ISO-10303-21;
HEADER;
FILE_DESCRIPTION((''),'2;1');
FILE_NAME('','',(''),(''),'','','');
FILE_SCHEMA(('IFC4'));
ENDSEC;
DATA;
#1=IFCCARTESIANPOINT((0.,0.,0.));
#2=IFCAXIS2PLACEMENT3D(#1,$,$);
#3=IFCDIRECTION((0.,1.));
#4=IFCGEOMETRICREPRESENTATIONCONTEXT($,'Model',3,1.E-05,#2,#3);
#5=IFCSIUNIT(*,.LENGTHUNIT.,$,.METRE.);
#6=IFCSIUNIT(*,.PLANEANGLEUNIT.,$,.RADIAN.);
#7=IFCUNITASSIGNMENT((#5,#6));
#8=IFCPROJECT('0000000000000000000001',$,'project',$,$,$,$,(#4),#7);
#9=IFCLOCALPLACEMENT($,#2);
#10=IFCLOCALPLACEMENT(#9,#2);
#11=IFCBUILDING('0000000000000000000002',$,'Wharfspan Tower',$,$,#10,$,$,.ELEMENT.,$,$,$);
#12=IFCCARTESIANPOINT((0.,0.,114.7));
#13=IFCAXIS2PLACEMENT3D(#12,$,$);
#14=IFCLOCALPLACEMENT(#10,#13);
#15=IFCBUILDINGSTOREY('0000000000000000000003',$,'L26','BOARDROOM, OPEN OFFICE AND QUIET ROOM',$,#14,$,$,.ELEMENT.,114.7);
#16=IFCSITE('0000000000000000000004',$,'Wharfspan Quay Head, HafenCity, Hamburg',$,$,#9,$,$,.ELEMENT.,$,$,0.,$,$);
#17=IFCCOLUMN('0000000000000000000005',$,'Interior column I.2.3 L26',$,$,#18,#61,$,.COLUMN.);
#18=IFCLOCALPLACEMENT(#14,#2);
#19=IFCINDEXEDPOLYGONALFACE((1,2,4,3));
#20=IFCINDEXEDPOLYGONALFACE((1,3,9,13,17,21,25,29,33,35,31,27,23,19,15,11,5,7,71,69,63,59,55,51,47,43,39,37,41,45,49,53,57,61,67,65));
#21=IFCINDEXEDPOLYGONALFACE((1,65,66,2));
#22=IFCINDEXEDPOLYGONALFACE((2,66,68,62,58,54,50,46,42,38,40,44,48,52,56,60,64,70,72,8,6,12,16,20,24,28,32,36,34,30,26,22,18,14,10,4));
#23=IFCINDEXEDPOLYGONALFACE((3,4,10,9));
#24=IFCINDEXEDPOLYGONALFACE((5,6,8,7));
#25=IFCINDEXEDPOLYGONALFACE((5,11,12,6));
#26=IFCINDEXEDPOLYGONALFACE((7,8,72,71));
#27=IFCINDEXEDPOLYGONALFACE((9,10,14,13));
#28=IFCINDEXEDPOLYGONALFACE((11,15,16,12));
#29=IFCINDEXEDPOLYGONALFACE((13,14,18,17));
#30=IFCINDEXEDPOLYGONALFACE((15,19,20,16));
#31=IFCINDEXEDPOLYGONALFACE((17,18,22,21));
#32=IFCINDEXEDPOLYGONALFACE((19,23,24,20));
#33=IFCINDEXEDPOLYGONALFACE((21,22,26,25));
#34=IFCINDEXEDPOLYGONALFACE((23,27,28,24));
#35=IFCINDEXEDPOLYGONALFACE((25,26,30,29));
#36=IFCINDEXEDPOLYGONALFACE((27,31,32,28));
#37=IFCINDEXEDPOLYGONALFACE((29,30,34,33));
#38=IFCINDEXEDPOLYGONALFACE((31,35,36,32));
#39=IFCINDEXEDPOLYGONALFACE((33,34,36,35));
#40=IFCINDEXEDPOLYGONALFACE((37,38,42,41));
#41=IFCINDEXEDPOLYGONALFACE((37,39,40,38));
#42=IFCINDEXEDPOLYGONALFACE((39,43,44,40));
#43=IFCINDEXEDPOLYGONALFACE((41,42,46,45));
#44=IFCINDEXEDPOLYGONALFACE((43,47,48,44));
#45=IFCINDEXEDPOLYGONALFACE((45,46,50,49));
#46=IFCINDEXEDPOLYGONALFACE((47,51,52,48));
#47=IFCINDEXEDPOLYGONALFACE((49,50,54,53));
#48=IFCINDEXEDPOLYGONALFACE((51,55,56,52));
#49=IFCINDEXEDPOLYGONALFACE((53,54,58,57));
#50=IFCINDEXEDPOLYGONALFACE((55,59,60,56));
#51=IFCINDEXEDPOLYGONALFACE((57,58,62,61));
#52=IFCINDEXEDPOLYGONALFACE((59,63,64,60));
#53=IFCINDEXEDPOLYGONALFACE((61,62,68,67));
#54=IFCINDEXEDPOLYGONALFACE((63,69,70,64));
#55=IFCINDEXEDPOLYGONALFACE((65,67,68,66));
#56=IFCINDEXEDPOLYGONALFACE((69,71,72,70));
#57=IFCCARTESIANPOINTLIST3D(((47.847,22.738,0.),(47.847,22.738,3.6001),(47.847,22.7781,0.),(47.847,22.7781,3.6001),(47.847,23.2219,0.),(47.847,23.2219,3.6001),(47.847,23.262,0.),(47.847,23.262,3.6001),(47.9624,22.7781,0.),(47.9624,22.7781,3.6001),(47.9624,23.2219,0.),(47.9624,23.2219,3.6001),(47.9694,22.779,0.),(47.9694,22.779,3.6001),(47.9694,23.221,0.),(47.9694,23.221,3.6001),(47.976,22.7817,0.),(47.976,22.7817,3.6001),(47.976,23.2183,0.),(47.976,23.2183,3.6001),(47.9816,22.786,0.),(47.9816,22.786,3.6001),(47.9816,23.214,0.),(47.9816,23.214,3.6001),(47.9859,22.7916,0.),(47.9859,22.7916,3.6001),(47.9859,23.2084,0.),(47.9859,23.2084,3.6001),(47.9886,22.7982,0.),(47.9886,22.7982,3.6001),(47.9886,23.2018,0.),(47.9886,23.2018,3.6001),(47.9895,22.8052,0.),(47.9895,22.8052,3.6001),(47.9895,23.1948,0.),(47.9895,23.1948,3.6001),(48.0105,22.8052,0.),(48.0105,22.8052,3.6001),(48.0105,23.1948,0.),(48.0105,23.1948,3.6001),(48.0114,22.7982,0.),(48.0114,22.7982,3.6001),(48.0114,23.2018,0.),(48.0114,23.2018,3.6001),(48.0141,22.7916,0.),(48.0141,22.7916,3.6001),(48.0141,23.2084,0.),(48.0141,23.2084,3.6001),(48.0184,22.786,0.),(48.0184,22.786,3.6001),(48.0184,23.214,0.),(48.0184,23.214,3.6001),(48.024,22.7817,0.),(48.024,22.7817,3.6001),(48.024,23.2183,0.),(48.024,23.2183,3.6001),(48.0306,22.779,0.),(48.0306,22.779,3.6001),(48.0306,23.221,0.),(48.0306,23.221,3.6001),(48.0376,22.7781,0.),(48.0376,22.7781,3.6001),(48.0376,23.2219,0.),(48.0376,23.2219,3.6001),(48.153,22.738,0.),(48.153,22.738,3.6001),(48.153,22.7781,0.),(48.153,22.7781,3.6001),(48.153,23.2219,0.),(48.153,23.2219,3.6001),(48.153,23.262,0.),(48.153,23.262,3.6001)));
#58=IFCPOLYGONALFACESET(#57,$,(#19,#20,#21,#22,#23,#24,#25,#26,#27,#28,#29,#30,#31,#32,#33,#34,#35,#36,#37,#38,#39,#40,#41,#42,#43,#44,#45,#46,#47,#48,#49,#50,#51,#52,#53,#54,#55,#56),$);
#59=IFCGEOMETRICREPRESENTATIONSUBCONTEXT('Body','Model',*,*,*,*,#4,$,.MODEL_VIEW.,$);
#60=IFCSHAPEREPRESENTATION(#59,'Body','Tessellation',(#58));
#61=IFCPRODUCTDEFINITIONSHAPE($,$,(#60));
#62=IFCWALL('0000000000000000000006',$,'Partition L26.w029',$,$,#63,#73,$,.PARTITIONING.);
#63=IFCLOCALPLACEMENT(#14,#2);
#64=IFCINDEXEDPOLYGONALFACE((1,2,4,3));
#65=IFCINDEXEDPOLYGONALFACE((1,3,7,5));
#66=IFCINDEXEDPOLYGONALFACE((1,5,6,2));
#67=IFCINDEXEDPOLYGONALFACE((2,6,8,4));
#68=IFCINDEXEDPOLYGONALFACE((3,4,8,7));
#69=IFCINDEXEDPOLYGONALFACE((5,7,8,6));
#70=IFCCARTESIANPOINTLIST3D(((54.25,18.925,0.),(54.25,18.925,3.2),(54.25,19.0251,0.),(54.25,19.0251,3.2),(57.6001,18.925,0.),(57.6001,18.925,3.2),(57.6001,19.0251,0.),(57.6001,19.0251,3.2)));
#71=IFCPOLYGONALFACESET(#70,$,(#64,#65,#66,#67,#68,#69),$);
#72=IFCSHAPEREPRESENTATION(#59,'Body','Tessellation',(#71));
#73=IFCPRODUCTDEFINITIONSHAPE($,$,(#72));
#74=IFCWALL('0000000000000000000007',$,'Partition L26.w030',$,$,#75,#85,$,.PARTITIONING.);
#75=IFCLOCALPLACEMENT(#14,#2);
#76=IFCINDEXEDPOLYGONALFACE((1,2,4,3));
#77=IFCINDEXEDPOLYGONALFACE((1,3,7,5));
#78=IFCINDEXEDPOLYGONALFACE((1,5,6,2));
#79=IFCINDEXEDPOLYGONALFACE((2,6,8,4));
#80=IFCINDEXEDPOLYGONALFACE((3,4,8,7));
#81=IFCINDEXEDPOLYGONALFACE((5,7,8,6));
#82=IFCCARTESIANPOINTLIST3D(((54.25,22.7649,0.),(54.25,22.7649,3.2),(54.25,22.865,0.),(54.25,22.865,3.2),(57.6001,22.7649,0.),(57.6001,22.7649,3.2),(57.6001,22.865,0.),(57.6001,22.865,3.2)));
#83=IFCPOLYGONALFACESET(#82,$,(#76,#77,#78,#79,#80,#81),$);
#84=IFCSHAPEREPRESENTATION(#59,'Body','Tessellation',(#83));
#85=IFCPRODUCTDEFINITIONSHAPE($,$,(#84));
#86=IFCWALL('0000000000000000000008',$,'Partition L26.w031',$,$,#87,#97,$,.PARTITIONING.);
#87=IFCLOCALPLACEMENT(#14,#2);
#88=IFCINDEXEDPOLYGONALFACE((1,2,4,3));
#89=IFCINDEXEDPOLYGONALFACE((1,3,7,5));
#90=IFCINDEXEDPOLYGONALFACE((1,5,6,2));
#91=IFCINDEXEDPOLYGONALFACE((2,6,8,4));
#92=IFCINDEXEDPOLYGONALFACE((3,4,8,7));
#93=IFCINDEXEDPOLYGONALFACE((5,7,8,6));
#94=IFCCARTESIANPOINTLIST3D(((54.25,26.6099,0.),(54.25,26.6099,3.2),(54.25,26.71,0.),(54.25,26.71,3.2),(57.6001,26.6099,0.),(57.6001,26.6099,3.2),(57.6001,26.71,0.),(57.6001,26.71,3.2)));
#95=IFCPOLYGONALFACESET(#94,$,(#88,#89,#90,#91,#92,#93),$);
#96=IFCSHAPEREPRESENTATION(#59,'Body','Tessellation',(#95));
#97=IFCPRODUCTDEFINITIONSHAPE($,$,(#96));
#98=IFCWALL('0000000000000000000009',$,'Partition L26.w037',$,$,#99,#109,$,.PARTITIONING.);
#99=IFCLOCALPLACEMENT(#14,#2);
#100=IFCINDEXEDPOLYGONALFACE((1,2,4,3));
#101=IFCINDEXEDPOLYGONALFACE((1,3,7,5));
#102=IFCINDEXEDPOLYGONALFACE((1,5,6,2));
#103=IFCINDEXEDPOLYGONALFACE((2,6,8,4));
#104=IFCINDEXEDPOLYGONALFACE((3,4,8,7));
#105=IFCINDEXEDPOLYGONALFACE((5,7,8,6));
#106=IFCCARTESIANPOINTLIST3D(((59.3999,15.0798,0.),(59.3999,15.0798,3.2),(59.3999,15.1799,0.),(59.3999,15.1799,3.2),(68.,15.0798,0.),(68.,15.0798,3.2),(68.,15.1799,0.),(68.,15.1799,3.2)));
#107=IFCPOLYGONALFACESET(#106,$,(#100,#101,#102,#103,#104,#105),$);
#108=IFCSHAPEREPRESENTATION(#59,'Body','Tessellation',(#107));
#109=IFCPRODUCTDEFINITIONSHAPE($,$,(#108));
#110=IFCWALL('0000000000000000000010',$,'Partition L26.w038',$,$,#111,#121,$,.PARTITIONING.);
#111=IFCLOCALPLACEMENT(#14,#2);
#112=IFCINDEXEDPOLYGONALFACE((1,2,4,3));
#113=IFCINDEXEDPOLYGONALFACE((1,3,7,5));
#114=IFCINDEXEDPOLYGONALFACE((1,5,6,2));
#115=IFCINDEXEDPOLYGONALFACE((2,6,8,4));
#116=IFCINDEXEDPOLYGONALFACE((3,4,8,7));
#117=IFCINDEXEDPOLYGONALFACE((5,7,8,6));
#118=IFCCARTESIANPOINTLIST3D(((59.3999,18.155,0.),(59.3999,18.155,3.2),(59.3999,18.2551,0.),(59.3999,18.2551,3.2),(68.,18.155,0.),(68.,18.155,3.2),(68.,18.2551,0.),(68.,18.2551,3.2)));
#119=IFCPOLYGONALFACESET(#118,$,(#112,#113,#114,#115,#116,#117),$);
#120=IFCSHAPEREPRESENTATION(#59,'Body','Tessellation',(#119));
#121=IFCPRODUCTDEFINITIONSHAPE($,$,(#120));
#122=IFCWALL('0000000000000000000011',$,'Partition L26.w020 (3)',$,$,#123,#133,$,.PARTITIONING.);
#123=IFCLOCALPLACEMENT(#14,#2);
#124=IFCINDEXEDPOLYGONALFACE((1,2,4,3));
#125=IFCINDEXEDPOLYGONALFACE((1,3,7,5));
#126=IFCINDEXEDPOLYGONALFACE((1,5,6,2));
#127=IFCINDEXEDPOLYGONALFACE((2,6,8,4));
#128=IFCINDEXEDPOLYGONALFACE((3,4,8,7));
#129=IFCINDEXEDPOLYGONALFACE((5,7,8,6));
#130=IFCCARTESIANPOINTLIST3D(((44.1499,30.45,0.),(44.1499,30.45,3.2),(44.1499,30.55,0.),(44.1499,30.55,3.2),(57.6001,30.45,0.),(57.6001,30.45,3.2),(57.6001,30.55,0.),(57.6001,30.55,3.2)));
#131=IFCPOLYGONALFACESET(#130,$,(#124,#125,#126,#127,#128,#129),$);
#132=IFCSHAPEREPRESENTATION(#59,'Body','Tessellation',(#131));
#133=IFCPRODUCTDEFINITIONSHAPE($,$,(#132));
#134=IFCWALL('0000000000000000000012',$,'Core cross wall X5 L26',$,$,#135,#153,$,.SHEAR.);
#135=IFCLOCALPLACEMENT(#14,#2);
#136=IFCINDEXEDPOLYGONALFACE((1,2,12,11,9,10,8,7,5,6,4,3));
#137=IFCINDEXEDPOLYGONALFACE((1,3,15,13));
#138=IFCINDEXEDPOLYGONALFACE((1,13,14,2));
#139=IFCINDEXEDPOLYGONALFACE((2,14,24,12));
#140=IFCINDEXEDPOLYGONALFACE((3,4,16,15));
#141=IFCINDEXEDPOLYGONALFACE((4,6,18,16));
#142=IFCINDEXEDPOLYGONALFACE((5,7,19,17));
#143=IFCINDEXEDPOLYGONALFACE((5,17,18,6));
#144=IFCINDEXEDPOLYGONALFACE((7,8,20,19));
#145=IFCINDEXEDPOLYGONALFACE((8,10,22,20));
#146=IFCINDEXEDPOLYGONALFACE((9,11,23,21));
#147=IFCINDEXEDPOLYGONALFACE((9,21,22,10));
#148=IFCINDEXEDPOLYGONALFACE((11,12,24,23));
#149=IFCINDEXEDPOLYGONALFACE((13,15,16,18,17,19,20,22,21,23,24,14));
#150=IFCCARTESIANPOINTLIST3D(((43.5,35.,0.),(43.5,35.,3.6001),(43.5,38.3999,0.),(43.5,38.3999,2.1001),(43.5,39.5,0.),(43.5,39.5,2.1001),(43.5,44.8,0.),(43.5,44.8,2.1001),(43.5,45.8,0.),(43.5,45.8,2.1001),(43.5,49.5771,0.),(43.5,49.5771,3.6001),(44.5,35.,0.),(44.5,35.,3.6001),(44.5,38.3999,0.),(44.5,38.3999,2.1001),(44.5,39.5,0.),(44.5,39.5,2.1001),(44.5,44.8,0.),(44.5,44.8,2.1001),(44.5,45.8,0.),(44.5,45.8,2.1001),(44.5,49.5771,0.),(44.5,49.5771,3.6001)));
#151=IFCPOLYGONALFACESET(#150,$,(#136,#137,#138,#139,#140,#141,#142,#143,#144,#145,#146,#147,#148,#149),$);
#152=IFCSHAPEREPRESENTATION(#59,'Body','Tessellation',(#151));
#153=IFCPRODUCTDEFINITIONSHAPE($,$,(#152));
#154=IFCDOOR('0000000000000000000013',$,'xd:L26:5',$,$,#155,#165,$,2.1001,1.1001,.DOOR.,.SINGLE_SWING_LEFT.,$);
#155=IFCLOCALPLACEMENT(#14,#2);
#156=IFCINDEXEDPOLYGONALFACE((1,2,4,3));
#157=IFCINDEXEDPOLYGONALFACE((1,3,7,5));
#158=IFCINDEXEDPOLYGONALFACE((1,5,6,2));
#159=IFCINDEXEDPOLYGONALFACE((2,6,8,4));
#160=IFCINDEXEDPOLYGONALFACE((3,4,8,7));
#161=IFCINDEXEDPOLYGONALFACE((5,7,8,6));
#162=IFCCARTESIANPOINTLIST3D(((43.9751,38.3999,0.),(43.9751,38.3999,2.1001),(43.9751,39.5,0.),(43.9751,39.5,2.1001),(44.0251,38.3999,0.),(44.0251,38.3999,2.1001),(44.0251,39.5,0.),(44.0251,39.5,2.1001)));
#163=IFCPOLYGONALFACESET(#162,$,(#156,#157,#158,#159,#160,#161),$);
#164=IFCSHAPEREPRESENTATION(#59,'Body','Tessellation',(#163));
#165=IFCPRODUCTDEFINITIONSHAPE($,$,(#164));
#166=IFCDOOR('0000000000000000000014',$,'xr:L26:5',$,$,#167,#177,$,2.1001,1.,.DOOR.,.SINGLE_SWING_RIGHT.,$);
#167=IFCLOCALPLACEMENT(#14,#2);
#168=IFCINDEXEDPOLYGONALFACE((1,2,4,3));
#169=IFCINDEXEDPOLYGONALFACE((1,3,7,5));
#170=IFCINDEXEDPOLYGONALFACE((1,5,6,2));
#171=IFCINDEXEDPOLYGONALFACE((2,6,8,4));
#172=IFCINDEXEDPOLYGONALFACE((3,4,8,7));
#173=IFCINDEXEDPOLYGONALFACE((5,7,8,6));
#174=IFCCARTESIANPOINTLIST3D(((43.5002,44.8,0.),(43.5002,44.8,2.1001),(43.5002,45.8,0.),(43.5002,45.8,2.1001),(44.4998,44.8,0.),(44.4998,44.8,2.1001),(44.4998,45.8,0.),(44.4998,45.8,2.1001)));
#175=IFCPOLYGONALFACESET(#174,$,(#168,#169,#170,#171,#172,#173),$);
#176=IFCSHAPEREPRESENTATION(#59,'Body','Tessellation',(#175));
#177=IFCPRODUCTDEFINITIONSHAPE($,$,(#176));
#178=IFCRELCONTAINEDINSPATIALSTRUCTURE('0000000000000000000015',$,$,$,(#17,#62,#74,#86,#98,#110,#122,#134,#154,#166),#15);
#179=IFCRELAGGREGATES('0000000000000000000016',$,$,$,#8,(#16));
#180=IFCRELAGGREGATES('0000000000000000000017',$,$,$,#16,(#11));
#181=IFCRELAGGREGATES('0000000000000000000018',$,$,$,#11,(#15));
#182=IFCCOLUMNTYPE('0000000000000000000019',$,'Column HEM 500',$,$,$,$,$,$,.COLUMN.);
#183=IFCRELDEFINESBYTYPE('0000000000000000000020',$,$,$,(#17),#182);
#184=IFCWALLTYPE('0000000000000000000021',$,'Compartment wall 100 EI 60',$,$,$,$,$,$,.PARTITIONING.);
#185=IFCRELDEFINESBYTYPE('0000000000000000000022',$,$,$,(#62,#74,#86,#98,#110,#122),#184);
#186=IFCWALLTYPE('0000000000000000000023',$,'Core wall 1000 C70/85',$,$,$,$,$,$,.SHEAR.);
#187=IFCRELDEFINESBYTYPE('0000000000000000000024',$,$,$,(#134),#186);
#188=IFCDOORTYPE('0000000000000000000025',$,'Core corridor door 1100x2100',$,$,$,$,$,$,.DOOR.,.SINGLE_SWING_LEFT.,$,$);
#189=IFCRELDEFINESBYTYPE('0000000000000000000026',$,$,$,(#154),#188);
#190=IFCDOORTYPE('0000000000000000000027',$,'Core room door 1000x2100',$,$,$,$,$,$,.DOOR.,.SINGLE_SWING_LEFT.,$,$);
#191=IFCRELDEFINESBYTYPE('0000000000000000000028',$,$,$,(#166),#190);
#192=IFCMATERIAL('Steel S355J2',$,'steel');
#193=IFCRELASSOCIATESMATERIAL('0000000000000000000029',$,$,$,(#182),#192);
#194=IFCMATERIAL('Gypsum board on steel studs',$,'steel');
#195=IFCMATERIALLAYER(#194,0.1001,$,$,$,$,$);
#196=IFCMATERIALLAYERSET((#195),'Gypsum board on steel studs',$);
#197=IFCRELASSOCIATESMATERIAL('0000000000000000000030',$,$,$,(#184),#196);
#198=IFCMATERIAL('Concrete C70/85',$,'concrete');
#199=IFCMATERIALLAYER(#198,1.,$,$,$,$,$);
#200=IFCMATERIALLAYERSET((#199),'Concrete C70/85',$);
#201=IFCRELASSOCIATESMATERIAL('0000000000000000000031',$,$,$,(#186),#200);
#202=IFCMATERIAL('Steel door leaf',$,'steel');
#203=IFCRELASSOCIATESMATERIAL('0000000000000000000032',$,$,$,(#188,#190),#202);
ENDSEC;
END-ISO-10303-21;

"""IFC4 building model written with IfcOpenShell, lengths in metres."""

from ifc_helpers import new_model, si_unit, direction, frame, frame_2d, origin, origin_2d, place, context, subcontext, project, spatial, rectangle, i_section, extrude, material, layer, layer_set, material_profile, profile_set, type_object, element, fill, save


model = new_model("IFC4")

# Units and contexts
model_context = context("Model", 3, precision=1e-05, world=origin(), true_north=direction((0.0, 1.0)))
body_context = subcontext(model_context, "Body", "Model", "MODEL_VIEW")
ifc_project = project(units=[si_unit("LENGTHUNIT", "METRE"), si_unit("PLANEANGLEUNIT", "RADIAN")], contexts=[model_context])

# Site, building, storey
site_placement = place(None, origin())
site = spatial("IfcSite", under=ifc_project, at=site_placement, Name="Wharfspan Quay Head, HafenCity, Hamburg", CompositionType="ELEMENT", RefElevation=0.0)
building_placement = place(site_placement, origin())
building = spatial("IfcBuilding", under=site, at=building_placement, Name="Wharfspan Tower", CompositionType="ELEMENT")
storey_placement = place(building_placement, frame((0.0, 0.0, 114.7)))
storey = spatial("IfcBuildingStorey", under=building, at=storey_placement, Name="L26", Description="BOARDROOM, OPEN OFFICE AND QUIET ROOM", CompositionType="ELEMENT", Elevation=114.7)

# Column
ifc_material_1 = material(Name="Steel S355J2", Category="steel")
ifc_material_profile = material_profile(ifc_material_1, i_section(OverallWidth=0.3059, OverallDepth=0.5239, WebThickness=0.021, FlangeThickness=0.04, FilletRadius=0.0271, at=origin_2d()))
ifc_profile_set = profile_set([ifc_material_profile], Name="Steel S355J2")
column_type = type_object("IfcColumnType", Name="Column HEM 500", PredefinedType="COLUMN", material=ifc_profile_set)
column_placement = place(storey_placement, frame((48.0, 23.0, 0.0), z_axis=(0.0, 0.0, 1.0), x_axis=(1.0, 0.0, 0.0)))
element("IfcColumn", 1, at=column_placement, inside=storey, type_object=column_type, Name="Interior column I.2.3 L26", PredefinedType="COLUMN", context=body_context, shape_type="SweptSolid", body=[
    extrude(i_section(OverallWidth=0.3059, OverallDepth=0.5239, WebThickness=0.021, FlangeThickness=0.04, FilletRadius=0.0271, at=origin_2d()), origin(), (0.0, 0.0, 1.0), 3.6001),
])

# Walls
ifc_material_2 = material(Name="Gypsum board on steel studs", Category="steel")
ifc_layer_1 = layer(ifc_material_2, 0.1001)
ifc_layer_set_1 = layer_set([ifc_layer_1], Name="Gypsum board on steel studs")
wall_type_1 = type_object("IfcWallType", Name="Compartment wall 100 EI 60", PredefinedType="PARTITIONING", material=ifc_layer_set_1)
for number, where, z_axis, x_axis, name in (
    (2, (54.25, 18.9751, 0.0), (0.0, 0.0, 1.0), (1.0, 0.0, 0.0), "Partition L26.w029"),
    (3, (54.25, 22.8149, 0.0), (0.0, 0.0, 1.0), (1.0, 0.0, 0.0), "Partition L26.w030"),
    (4, (54.25, 26.6599, 0.0), (0.0, 0.0, 1.0), (1.0, 0.0, 0.0), "Partition L26.w031"),
):
    element("IfcWall", number, at=place(storey_placement, frame(where, z_axis=z_axis, x_axis=x_axis)), inside=storey, type_object=wall_type_1, Name=name, PredefinedType="PARTITIONING", context=body_context, shape_type="SweptSolid", body=[
        extrude(rectangle(XDim=3.3501, YDim=0.1001, at=frame_2d((1.675, 0.0))), origin(), (0.0, 0.0, 1.0), 3.2),
    ])
for number, where, z_axis, x_axis, name in (
    (5, (59.3999, 15.1299, 0.0), (0.0, 0.0, 1.0), (1.0, 0.0, 0.0), "Partition L26.w037"),
    (6, (59.3999, 18.2051, 0.0), (0.0, 0.0, 1.0), (1.0, 0.0, 0.0), "Partition L26.w038"),
):
    element("IfcWall", number, at=place(storey_placement, frame(where, z_axis=z_axis, x_axis=x_axis)), inside=storey, type_object=wall_type_1, Name=name, PredefinedType="PARTITIONING", context=body_context, shape_type="SweptSolid", body=[
        extrude(rectangle(XDim=8.6001, YDim=0.1001, at=frame_2d((4.3, 0.0))), origin(), (0.0, 0.0, 1.0), 3.2),
    ])
wall_1_placement = place(storey_placement, frame((44.1499, 30.5, 0.0), z_axis=(0.0, 0.0, 1.0), x_axis=(1.0, 0.0, 0.0)))
element("IfcWall", 7, at=wall_1_placement, inside=storey, type_object=wall_type_1, Name="Partition L26.w020 (3)", PredefinedType="PARTITIONING", context=body_context, shape_type="SweptSolid", body=[
    extrude(rectangle(XDim=13.4502, YDim=0.1001, at=frame_2d((6.7251, 0.0))), origin(), (0.0, 0.0, 1.0), 3.2),
])

# Wall, openings, doors
ifc_material_3 = material(Name="Concrete C70/85", Category="concrete")
ifc_layer_2 = layer(ifc_material_3, 1.0)
ifc_layer_set_2 = layer_set([ifc_layer_2], Name="Concrete C70/85")
wall_type_2 = type_object("IfcWallType", Name="Core wall 1000 C70/85", PredefinedType="SHEAR", material=ifc_layer_set_2)
wall_2_placement = place(storey_placement, frame((44.0, 35.0, 0.0), z_axis=(0.0, 0.0, 1.0), x_axis=(0.0, 1.0, 0.0)))
wall_2 = element("IfcWall", 8, at=wall_2_placement, inside=storey, type_object=wall_type_2, Name="Core cross wall X5 L26", PredefinedType="SHEAR", context=body_context, shape_type="SweptSolid", body=[
    extrude(rectangle(XDim=14.5771, YDim=1.0, at=frame_2d((7.2886, 0.0))), origin(), (0.0, 0.0, 1.0), 3.6001),
])
opening_1_placement = place(wall_2_placement, frame((3.3999, 0.0, 0.0)))
opening_1 = element("IfcOpeningElement", 9, at=opening_1_placement, cuts=wall_2, PredefinedType="OPENING", context=body_context, shape_type="SweptSolid", body=[
    extrude(rectangle(XDim=1.1001, YDim=2.1001, at=frame_2d((0.55, 1.05))), frame((0.0, 0.51, 0.0), z_axis=(0.0, -1.0, 0.0), x_axis=(1.0, 0.0, 0.0)), (0.0, 0.0, 1.0), 1.02),
])
opening_2_placement = place(wall_2_placement, frame((9.8, 0.0, 0.0)))
opening_2 = element("IfcOpeningElement", 10, at=opening_2_placement, cuts=wall_2, PredefinedType="OPENING", context=body_context, shape_type="SweptSolid", body=[
    extrude(rectangle(XDim=1.0, YDim=2.1001, at=frame_2d((0.5, 1.05))), frame((0.0, 0.51, 0.0), z_axis=(0.0, -1.0, 0.0), x_axis=(1.0, 0.0, 0.0)), (0.0, 0.0, 1.0), 1.02),
])
ifc_material_4 = material(Name="Steel door leaf", Category="steel")
door_type_1 = type_object("IfcDoorType", Name="Core corridor door 1100x2100", OperationType="SINGLE_SWING_LEFT", PredefinedType="DOOR", material=ifc_material_4)
door_1_placement = place(opening_1_placement, origin())
door_1 = element("IfcDoor", 11, at=door_1_placement, inside=storey, type_object=door_type_1, Name="xd:L26:5", OperationType="SINGLE_SWING_LEFT", OverallHeight=2.1001, OverallWidth=1.1001, PredefinedType="DOOR", context=body_context, shape_type="SweptSolid", body=[
    extrude(rectangle(XDim=1.1001, YDim=2.1001, at=frame_2d((0.55, 1.05))), frame((0.0, 0.0249, 0.0), z_axis=(0.0, -1.0, 0.0), x_axis=(1.0, 0.0, 0.0)), (0.0, 0.0, 1.0), 0.05),
])
fill(opening_1, door_1)
door_type_2 = type_object("IfcDoorType", Name="Core room door 1000x2100", OperationType="SINGLE_SWING_LEFT", PredefinedType="DOOR", material=ifc_material_4)
door_2_placement = place(opening_2_placement, origin())
door_2 = element("IfcDoor", 12, at=door_2_placement, inside=storey, type_object=door_type_2, Name="xr:L26:5", OperationType="SINGLE_SWING_RIGHT", OverallHeight=2.1001, OverallWidth=1.0, PredefinedType="DOOR", context=body_context, shape_type="SweptSolid", body=[
    extrude(rectangle(XDim=1.0, YDim=2.1001, at=frame_2d((0.5, 1.05))), frame((0.0, 0.4998, 0.0), z_axis=(0.0, -1.0, 0.0), x_axis=(1.0, 0.0, 0.0)), (0.0, 0.0, 1.0), 0.9995),
])
fill(opening_2, door_2)

save(model, "model.ifc")
